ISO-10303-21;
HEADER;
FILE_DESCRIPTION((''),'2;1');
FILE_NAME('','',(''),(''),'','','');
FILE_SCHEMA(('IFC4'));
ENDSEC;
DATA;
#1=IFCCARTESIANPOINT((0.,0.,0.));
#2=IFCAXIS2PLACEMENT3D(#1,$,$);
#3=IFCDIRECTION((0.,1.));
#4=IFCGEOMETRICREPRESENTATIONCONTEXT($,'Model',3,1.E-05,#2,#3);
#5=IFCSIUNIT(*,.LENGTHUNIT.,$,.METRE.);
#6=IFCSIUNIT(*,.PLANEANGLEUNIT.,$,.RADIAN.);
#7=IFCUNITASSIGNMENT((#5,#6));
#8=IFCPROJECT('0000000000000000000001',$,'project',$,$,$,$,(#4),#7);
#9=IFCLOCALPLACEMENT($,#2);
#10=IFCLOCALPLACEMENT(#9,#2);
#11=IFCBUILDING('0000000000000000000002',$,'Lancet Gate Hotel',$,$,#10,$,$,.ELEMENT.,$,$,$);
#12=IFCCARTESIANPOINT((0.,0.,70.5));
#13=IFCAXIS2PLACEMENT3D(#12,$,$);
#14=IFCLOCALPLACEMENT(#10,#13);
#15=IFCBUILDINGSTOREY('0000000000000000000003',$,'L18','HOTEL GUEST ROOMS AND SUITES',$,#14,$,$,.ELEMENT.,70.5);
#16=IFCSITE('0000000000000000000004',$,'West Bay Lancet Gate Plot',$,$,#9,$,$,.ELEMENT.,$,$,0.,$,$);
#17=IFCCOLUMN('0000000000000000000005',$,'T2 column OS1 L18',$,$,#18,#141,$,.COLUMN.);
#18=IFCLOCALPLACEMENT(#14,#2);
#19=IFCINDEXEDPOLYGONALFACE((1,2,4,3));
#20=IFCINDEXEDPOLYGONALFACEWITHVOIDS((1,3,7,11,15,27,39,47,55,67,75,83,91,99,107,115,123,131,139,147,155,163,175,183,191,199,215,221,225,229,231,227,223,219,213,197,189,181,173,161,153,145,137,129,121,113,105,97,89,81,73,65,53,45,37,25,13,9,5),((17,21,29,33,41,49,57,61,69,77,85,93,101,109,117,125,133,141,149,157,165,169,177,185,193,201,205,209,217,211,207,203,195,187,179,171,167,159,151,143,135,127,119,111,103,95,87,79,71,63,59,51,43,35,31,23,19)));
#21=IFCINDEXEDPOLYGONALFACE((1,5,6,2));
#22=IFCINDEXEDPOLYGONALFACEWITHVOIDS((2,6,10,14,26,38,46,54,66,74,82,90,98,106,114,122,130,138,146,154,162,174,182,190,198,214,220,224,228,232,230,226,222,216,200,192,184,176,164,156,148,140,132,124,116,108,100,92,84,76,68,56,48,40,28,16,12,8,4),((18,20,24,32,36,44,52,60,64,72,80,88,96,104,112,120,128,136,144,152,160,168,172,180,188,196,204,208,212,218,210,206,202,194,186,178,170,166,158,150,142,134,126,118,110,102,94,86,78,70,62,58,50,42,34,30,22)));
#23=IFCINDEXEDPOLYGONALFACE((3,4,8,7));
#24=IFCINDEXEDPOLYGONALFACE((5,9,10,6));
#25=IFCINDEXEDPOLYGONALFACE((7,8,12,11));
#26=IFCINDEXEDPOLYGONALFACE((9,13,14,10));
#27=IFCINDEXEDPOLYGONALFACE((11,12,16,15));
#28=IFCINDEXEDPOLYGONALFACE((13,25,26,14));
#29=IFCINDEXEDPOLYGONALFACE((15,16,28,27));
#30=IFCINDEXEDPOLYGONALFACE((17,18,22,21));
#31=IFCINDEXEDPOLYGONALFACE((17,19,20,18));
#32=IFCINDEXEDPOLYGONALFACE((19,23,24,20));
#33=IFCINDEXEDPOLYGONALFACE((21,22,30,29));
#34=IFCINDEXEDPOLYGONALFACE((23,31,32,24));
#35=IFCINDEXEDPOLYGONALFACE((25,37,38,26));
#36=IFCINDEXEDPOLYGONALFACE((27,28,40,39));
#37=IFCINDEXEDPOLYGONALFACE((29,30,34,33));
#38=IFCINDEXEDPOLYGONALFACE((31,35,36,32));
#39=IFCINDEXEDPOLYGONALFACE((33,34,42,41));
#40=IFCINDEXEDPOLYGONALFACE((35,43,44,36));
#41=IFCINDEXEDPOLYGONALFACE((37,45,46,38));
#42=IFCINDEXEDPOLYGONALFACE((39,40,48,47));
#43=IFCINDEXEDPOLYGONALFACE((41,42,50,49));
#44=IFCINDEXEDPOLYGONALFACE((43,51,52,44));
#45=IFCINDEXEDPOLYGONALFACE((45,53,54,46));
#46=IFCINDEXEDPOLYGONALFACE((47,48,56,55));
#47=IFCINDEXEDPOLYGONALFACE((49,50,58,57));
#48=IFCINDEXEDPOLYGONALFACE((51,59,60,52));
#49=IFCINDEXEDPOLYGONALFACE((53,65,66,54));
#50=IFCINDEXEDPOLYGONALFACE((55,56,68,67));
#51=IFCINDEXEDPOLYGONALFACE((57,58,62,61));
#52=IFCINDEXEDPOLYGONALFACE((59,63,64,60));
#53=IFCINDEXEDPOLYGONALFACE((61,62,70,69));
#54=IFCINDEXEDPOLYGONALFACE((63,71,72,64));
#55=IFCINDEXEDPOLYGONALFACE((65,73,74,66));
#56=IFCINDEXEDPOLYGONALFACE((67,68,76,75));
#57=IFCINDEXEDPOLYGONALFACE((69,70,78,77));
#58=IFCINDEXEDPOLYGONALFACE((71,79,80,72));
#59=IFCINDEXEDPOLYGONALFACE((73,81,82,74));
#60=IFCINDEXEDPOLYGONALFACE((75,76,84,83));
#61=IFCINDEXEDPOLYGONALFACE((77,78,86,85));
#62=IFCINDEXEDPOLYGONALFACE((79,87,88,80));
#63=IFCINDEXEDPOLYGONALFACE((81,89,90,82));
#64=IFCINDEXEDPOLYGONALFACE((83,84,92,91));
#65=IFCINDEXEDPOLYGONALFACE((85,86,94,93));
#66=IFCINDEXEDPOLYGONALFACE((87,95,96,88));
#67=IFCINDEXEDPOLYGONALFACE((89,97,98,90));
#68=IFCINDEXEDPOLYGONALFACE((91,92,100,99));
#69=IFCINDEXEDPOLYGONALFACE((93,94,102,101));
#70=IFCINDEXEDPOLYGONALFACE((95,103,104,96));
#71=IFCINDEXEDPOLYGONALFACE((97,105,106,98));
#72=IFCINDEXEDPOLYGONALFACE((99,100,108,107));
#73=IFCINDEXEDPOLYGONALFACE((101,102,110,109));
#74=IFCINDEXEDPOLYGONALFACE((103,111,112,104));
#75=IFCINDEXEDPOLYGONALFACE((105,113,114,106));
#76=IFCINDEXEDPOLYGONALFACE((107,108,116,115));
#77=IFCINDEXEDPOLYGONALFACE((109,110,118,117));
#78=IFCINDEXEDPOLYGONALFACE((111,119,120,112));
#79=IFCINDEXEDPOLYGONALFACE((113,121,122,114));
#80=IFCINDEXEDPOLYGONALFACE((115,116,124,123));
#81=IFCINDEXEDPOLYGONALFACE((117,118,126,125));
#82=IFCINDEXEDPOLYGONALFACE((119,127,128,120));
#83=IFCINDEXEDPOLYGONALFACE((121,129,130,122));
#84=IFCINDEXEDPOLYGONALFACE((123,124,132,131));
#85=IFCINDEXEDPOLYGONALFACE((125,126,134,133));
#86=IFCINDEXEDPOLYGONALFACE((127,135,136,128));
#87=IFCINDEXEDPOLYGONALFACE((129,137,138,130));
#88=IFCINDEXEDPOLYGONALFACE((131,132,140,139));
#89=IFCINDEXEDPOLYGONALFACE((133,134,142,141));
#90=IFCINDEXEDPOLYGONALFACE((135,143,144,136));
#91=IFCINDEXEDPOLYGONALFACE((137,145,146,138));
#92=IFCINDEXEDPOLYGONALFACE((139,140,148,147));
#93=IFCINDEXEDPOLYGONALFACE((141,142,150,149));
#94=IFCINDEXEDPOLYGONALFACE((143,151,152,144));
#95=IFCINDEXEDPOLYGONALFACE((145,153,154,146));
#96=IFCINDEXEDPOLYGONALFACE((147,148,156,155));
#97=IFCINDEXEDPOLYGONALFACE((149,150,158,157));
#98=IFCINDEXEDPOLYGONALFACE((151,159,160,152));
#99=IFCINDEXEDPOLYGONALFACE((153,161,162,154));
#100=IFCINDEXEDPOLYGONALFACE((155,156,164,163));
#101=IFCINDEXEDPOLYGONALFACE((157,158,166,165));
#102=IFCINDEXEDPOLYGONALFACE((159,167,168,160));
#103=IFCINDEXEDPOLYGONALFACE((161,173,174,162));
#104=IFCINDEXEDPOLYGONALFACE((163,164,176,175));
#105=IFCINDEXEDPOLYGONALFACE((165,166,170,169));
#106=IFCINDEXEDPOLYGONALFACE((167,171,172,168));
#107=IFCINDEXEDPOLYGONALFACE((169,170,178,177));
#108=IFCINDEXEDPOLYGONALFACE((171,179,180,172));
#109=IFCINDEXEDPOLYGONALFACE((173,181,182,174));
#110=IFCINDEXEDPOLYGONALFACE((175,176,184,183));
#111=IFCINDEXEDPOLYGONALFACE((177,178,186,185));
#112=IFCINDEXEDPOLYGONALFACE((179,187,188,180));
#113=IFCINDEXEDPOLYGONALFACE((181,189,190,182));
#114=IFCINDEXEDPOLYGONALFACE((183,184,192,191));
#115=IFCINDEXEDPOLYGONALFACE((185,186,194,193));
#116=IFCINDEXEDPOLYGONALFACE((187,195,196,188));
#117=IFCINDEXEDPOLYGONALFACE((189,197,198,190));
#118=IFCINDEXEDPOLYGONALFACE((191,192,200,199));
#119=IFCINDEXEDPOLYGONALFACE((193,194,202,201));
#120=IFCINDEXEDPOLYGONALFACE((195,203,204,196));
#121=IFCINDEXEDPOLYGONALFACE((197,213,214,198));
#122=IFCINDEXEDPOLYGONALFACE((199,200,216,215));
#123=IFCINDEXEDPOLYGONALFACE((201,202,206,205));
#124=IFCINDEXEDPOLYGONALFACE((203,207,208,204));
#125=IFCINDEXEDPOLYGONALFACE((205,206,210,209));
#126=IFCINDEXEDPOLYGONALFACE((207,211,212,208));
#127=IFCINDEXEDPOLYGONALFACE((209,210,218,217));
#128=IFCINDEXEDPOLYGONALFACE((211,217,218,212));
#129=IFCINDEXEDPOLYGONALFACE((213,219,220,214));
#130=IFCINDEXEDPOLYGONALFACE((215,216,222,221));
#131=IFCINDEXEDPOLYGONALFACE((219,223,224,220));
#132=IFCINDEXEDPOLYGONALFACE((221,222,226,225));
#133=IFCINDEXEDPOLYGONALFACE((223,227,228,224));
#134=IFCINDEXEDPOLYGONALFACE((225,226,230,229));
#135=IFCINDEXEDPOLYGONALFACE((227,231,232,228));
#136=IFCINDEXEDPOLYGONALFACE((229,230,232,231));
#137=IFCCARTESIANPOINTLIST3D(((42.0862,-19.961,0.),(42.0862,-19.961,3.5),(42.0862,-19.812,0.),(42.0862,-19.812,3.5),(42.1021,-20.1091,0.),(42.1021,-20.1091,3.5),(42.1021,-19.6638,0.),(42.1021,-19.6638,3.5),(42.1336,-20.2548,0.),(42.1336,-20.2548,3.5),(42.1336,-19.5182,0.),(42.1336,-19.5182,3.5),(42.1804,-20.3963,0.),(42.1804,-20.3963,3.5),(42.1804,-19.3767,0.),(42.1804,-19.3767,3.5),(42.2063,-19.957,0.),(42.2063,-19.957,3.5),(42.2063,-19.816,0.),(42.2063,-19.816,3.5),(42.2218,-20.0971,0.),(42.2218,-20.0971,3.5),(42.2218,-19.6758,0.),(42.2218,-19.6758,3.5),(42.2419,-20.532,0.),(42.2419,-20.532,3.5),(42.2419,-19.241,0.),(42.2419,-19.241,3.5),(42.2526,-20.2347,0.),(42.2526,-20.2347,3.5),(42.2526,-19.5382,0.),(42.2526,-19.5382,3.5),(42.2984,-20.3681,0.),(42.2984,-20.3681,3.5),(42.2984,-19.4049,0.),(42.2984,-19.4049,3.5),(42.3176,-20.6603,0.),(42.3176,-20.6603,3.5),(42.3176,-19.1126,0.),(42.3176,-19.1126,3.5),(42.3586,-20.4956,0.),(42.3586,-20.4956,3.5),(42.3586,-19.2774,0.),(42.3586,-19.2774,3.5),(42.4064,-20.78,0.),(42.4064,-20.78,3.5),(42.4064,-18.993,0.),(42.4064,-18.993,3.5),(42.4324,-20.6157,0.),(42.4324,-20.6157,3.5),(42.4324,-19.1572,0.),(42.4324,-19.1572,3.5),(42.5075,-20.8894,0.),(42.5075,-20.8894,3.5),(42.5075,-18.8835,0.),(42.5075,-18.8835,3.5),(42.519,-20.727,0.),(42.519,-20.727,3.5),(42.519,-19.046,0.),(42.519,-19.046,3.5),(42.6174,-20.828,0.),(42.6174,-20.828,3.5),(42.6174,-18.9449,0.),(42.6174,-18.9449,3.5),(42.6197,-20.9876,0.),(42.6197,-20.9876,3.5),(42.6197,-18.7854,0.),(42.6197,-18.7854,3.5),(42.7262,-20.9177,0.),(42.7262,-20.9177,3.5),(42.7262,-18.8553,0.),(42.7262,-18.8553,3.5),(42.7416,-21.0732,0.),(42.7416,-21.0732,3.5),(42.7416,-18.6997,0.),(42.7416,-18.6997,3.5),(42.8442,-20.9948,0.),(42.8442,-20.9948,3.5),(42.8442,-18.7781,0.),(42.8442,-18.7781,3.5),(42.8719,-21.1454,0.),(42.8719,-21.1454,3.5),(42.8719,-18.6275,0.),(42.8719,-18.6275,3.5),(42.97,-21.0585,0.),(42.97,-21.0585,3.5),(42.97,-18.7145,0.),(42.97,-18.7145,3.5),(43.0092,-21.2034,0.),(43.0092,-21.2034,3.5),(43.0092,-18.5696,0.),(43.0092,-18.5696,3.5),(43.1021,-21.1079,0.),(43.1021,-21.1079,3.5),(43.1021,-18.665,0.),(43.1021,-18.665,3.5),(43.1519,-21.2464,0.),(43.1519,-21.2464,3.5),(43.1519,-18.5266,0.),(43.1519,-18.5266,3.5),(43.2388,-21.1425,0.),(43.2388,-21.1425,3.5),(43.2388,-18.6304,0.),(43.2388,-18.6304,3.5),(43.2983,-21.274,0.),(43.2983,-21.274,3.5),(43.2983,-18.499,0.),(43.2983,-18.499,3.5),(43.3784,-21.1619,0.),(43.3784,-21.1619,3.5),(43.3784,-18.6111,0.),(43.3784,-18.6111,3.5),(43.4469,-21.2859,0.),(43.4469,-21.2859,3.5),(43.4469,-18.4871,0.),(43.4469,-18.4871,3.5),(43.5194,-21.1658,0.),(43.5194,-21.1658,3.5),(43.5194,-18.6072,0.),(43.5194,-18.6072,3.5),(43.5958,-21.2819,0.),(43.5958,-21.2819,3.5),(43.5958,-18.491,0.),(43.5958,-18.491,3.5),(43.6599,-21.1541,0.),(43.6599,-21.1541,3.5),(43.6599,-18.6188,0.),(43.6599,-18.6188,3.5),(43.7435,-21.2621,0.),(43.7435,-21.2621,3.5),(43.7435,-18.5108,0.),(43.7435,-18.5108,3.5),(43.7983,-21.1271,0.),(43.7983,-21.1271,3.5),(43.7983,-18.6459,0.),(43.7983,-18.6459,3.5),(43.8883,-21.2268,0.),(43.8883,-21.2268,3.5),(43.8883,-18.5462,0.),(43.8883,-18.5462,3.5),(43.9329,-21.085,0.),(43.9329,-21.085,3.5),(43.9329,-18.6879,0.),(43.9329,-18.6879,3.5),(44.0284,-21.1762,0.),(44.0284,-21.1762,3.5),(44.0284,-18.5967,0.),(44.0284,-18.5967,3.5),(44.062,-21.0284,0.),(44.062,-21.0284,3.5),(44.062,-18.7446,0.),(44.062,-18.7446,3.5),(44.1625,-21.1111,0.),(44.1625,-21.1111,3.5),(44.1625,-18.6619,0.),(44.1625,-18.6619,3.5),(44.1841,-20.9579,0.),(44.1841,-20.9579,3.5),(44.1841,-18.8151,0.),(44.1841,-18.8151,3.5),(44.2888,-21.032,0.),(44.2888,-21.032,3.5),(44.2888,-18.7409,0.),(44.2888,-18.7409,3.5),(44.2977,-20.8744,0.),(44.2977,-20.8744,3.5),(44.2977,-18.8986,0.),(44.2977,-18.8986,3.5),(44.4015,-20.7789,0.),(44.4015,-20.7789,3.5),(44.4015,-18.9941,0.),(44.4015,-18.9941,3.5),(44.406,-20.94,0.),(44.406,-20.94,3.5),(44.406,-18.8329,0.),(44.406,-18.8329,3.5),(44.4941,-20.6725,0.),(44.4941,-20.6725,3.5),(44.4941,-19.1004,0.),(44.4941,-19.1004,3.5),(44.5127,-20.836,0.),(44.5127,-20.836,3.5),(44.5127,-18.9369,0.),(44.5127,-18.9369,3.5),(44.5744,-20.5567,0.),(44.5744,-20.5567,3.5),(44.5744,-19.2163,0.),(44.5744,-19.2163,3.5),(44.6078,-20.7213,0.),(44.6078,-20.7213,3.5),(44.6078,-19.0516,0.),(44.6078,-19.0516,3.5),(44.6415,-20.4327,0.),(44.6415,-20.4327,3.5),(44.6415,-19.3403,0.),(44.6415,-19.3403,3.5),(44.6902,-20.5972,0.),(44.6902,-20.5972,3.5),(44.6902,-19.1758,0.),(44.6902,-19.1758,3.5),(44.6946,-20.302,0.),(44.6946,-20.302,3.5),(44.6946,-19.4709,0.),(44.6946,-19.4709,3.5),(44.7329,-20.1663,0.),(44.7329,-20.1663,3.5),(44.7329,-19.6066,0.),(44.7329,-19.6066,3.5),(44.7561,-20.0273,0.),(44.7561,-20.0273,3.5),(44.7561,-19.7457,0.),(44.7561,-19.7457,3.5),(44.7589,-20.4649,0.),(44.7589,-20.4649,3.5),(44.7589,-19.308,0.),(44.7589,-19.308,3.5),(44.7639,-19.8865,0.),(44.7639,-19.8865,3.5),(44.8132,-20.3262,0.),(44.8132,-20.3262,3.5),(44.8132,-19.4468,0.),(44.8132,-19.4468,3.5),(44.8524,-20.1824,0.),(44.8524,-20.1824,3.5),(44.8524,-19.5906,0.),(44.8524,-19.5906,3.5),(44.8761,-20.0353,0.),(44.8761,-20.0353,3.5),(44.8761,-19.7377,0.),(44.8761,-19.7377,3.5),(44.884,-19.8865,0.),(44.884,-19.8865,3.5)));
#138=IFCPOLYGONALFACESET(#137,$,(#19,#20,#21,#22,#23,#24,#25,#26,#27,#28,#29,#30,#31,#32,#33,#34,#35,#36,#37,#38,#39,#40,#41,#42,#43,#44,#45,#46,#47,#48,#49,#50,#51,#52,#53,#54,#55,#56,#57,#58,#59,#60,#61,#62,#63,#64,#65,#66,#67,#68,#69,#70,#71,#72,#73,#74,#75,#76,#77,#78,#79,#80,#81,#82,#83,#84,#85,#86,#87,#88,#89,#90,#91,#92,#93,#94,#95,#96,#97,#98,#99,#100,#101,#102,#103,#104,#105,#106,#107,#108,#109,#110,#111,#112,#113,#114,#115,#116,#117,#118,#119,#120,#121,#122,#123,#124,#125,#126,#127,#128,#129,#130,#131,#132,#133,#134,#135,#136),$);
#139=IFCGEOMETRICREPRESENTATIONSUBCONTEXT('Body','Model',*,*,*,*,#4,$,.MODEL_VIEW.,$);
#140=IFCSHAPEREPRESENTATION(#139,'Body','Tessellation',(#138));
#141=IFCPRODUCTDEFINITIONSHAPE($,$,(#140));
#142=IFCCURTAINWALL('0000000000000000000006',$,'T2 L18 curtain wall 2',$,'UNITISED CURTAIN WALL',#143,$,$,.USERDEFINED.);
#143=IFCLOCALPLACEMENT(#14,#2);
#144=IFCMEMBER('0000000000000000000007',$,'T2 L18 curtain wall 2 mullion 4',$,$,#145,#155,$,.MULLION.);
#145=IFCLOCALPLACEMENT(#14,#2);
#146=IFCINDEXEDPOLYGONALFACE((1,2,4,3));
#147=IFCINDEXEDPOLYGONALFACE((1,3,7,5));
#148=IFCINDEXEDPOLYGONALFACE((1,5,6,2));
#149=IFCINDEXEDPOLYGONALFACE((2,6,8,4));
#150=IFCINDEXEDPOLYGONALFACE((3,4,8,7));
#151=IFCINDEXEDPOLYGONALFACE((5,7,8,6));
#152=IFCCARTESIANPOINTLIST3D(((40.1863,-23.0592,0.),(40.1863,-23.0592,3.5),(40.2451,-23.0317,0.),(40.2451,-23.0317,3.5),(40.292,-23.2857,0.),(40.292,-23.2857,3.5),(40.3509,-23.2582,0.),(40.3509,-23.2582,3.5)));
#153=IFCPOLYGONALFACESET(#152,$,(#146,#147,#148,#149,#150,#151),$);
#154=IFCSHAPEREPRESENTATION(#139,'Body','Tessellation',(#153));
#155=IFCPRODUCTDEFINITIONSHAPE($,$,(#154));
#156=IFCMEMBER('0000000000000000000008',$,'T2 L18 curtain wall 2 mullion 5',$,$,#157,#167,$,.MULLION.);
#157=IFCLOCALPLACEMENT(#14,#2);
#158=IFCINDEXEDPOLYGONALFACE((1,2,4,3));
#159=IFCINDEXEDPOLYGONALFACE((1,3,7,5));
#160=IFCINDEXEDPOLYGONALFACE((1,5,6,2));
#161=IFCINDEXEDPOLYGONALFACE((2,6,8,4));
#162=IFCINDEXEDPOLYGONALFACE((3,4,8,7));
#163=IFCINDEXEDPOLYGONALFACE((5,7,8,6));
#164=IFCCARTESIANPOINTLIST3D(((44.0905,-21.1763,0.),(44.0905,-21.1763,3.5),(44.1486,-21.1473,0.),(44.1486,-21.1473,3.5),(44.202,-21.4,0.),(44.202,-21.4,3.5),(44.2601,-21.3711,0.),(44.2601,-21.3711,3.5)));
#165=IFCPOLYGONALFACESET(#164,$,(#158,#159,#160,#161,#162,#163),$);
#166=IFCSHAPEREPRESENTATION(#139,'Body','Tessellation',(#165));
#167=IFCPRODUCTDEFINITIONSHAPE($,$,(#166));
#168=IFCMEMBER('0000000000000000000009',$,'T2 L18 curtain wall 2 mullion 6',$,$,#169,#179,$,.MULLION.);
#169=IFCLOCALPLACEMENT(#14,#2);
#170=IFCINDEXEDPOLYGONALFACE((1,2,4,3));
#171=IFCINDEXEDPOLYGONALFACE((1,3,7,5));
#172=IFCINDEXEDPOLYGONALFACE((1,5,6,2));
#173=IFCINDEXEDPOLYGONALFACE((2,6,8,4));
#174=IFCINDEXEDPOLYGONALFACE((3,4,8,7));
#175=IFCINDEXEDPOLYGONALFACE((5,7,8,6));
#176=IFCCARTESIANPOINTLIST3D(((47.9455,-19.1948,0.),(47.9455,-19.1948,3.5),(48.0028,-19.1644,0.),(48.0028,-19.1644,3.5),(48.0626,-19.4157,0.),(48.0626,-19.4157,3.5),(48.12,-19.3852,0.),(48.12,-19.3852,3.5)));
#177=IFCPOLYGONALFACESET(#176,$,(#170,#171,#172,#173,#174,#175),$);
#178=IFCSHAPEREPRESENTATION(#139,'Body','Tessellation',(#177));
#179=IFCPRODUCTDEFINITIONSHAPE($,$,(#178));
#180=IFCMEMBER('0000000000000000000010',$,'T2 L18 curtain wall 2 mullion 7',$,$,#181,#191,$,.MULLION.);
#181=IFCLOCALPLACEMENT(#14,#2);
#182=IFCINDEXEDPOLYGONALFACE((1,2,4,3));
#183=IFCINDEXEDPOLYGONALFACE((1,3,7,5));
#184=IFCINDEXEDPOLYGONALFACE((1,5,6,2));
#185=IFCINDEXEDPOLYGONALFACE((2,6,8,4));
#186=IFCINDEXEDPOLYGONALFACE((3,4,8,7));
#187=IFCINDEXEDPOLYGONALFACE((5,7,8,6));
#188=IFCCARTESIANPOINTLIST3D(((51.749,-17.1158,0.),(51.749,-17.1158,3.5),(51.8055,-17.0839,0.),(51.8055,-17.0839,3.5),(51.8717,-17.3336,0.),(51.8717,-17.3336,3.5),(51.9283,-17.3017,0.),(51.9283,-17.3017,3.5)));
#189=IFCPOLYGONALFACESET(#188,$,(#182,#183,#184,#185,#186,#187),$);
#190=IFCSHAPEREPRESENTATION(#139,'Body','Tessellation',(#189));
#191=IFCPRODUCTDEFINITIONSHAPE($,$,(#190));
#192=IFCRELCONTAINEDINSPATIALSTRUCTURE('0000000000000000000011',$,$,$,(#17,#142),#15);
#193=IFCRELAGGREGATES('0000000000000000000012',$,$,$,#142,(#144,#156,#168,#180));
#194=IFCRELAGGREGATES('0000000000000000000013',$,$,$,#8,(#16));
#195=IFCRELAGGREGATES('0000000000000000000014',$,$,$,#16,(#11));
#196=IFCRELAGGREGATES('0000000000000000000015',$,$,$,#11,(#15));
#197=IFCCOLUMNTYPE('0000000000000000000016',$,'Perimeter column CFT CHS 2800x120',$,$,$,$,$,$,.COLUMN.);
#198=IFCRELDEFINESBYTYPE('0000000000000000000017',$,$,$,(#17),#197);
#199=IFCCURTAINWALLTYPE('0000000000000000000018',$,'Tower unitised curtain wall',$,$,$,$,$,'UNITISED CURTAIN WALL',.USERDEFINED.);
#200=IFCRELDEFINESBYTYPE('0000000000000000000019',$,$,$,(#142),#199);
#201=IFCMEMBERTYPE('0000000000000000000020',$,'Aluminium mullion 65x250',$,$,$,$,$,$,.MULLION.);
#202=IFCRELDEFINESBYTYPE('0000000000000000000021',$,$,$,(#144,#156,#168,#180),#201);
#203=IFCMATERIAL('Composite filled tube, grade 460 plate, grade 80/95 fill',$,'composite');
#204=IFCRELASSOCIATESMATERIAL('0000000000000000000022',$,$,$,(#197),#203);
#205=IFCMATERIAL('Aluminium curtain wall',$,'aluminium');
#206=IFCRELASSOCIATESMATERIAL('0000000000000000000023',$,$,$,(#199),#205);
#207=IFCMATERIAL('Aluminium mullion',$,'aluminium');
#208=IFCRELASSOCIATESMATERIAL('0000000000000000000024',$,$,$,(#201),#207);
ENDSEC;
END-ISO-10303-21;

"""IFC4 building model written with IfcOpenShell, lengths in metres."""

from ifc_helpers import new_model, si_unit, direction, frame, origin, origin_2d, place, context, subcontext, project, spatial, rectangle, hollow_circle, extrude, material, material_profile, profile_set, type_object, element, aggregate, save


model = new_model("IFC4")

# Units and contexts
model_context = context("Model", 3, precision=1e-05, world=origin(), true_north=direction((0.0, 1.0)))
body_context = subcontext(model_context, "Body", "Model", "MODEL_VIEW")
ifc_project = project(units=[si_unit("LENGTHUNIT", "METRE"), si_unit("PLANEANGLEUNIT", "RADIAN")], contexts=[model_context])

# Site, building, storey
site_placement = place(None, origin())
site = spatial("IfcSite", under=ifc_project, at=site_placement, Name="West Bay Lancet Gate Plot", CompositionType="ELEMENT", RefElevation=0.0)
building_placement = place(site_placement, origin())
building = spatial("IfcBuilding", under=site, at=building_placement, Name="Lancet Gate Hotel", CompositionType="ELEMENT")
storey_placement = place(building_placement, frame((0.0, 0.0, 70.5)))
storey = spatial("IfcBuildingStorey", under=building, at=storey_placement, Name="L18", Description="HOTEL GUEST ROOMS AND SUITES", CompositionType="ELEMENT", Elevation=70.5)

# Column
ifc_material_1 = material(Name="Composite filled tube, grade 460 plate, grade 80/95 fill", Category="composite")
ifc_material_profile_1 = material_profile(ifc_material_1, hollow_circle(Radius=1.3999, WallThickness=0.1201, at=origin_2d()), Name="CHS 2800x120")
ifc_profile_set_1 = profile_set([ifc_material_profile_1], Name="Composite filled tube, grade 460 plate, grade 80/95 fill")
column_type = type_object("IfcColumnType", Name="Perimeter column CFT CHS 2800x120", PredefinedType="COLUMN", material=ifc_profile_set_1)
column_placement = place(storey_placement, frame((43.4841, -19.8865, 0.0), z_axis=(0.0, 0.0, 1.0), x_axis=(1.0, 0.0, 0.0)))
element("IfcColumn", 1, at=column_placement, inside=storey, type_object=column_type, Name="T2 column OS1 L18", PredefinedType="COLUMN", context=body_context, shape_type="SweptSolid", body=[
    extrude(hollow_circle(Radius=1.3999, WallThickness=0.1201, at=origin_2d()), origin(), (0.0, 0.0, 1.0), 3.5),
])

# Curtain wall, members
ifc_material_2 = material(Name="Aluminium curtain wall", Category="aluminium")
curtain_wall_type = type_object("IfcCurtainWallType", Name="Tower unitised curtain wall", ElementType="UNITISED CURTAIN WALL", PredefinedType="USERDEFINED", material=ifc_material_2)
curtain_wall_placement = place(storey_placement, origin())
curtain_wall = element("IfcCurtainWall", 2, at=curtain_wall_placement, inside=storey, type_object=curtain_wall_type, Name="T2 L18 curtain wall 2", ObjectType="UNITISED CURTAIN WALL", PredefinedType="USERDEFINED")
ifc_material_3 = material(Name="Aluminium mullion", Category="aluminium")
ifc_material_profile_2 = material_profile(ifc_material_3, rectangle(XDim=0.0649, YDim=0.25, at=origin_2d()), Name="MULLION 65x250")
ifc_profile_set_2 = profile_set([ifc_material_profile_2], Name="Aluminium mullion")
member_type_1 = type_object("IfcMemberType", Name="Aluminium mullion 65x250", PredefinedType="MULLION", material=ifc_profile_set_2)
member_1_placement = place(storey_placement, frame((40.2686, -23.1587, 0.0), z_axis=(0.0, 0.0, 1.0), x_axis=(0.906105, 0.423053, 0.0)))
member_1 = element("IfcMember", 3, at=member_1_placement, type_object=member_type_1, Name="T2 L18 curtain wall 2 mullion 4", PredefinedType="MULLION", context=body_context, shape_type="SweptSolid", body=[
    extrude(rectangle(XDim=0.0649, YDim=0.25, at=origin_2d()), origin(), (0.0, 0.0, 1.0), 3.5),
])
member_2_placement = place(storey_placement, frame((44.1753, -21.2737, 0.0), z_axis=(0.0, 0.0, 1.0), x_axis=(0.895044, 0.445978, 0.0)))
member_2 = element("IfcMember", 4, at=member_2_placement, type_object=member_type_1, Name="T2 L18 curtain wall 2 mullion 5", PredefinedType="MULLION", context=body_context, shape_type="SweptSolid", body=[
    extrude(rectangle(XDim=0.0649, YDim=0.25, at=origin_2d()), origin(), (0.0, 0.0, 1.0), 3.5),
])
member_3_placement = place(storey_placement, frame((48.0327, -19.29, 0.0), z_axis=(0.0, 0.0, 1.0), x_axis=(0.883403, 0.468613, 0.0)))
member_3 = element("IfcMember", 5, at=member_3_placement, type_object=member_type_1, Name="T2 L18 curtain wall 2 mullion 6", PredefinedType="MULLION", context=body_context, shape_type="SweptSolid", body=[
    extrude(rectangle(XDim=0.0649, YDim=0.25, at=origin_2d()), origin(), (0.0, 0.0, 1.0), 3.5),
])
member_4_placement = place(storey_placement, frame((51.8386, -17.2087, 0.0), z_axis=(0.0, 0.0, 1.0), x_axis=(0.87119, 0.490945, 0.0)))
member_4 = element("IfcMember", 6, at=member_4_placement, type_object=member_type_1, Name="T2 L18 curtain wall 2 mullion 7", PredefinedType="MULLION", context=body_context, shape_type="SweptSolid", body=[
    extrude(rectangle(XDim=0.0649, YDim=0.25, at=origin_2d()), origin(), (0.0, 0.0, 1.0), 3.5),
])

aggregate(curtain_wall, [member_1, member_2, member_3, member_4])

save(model, "model.ifc")
